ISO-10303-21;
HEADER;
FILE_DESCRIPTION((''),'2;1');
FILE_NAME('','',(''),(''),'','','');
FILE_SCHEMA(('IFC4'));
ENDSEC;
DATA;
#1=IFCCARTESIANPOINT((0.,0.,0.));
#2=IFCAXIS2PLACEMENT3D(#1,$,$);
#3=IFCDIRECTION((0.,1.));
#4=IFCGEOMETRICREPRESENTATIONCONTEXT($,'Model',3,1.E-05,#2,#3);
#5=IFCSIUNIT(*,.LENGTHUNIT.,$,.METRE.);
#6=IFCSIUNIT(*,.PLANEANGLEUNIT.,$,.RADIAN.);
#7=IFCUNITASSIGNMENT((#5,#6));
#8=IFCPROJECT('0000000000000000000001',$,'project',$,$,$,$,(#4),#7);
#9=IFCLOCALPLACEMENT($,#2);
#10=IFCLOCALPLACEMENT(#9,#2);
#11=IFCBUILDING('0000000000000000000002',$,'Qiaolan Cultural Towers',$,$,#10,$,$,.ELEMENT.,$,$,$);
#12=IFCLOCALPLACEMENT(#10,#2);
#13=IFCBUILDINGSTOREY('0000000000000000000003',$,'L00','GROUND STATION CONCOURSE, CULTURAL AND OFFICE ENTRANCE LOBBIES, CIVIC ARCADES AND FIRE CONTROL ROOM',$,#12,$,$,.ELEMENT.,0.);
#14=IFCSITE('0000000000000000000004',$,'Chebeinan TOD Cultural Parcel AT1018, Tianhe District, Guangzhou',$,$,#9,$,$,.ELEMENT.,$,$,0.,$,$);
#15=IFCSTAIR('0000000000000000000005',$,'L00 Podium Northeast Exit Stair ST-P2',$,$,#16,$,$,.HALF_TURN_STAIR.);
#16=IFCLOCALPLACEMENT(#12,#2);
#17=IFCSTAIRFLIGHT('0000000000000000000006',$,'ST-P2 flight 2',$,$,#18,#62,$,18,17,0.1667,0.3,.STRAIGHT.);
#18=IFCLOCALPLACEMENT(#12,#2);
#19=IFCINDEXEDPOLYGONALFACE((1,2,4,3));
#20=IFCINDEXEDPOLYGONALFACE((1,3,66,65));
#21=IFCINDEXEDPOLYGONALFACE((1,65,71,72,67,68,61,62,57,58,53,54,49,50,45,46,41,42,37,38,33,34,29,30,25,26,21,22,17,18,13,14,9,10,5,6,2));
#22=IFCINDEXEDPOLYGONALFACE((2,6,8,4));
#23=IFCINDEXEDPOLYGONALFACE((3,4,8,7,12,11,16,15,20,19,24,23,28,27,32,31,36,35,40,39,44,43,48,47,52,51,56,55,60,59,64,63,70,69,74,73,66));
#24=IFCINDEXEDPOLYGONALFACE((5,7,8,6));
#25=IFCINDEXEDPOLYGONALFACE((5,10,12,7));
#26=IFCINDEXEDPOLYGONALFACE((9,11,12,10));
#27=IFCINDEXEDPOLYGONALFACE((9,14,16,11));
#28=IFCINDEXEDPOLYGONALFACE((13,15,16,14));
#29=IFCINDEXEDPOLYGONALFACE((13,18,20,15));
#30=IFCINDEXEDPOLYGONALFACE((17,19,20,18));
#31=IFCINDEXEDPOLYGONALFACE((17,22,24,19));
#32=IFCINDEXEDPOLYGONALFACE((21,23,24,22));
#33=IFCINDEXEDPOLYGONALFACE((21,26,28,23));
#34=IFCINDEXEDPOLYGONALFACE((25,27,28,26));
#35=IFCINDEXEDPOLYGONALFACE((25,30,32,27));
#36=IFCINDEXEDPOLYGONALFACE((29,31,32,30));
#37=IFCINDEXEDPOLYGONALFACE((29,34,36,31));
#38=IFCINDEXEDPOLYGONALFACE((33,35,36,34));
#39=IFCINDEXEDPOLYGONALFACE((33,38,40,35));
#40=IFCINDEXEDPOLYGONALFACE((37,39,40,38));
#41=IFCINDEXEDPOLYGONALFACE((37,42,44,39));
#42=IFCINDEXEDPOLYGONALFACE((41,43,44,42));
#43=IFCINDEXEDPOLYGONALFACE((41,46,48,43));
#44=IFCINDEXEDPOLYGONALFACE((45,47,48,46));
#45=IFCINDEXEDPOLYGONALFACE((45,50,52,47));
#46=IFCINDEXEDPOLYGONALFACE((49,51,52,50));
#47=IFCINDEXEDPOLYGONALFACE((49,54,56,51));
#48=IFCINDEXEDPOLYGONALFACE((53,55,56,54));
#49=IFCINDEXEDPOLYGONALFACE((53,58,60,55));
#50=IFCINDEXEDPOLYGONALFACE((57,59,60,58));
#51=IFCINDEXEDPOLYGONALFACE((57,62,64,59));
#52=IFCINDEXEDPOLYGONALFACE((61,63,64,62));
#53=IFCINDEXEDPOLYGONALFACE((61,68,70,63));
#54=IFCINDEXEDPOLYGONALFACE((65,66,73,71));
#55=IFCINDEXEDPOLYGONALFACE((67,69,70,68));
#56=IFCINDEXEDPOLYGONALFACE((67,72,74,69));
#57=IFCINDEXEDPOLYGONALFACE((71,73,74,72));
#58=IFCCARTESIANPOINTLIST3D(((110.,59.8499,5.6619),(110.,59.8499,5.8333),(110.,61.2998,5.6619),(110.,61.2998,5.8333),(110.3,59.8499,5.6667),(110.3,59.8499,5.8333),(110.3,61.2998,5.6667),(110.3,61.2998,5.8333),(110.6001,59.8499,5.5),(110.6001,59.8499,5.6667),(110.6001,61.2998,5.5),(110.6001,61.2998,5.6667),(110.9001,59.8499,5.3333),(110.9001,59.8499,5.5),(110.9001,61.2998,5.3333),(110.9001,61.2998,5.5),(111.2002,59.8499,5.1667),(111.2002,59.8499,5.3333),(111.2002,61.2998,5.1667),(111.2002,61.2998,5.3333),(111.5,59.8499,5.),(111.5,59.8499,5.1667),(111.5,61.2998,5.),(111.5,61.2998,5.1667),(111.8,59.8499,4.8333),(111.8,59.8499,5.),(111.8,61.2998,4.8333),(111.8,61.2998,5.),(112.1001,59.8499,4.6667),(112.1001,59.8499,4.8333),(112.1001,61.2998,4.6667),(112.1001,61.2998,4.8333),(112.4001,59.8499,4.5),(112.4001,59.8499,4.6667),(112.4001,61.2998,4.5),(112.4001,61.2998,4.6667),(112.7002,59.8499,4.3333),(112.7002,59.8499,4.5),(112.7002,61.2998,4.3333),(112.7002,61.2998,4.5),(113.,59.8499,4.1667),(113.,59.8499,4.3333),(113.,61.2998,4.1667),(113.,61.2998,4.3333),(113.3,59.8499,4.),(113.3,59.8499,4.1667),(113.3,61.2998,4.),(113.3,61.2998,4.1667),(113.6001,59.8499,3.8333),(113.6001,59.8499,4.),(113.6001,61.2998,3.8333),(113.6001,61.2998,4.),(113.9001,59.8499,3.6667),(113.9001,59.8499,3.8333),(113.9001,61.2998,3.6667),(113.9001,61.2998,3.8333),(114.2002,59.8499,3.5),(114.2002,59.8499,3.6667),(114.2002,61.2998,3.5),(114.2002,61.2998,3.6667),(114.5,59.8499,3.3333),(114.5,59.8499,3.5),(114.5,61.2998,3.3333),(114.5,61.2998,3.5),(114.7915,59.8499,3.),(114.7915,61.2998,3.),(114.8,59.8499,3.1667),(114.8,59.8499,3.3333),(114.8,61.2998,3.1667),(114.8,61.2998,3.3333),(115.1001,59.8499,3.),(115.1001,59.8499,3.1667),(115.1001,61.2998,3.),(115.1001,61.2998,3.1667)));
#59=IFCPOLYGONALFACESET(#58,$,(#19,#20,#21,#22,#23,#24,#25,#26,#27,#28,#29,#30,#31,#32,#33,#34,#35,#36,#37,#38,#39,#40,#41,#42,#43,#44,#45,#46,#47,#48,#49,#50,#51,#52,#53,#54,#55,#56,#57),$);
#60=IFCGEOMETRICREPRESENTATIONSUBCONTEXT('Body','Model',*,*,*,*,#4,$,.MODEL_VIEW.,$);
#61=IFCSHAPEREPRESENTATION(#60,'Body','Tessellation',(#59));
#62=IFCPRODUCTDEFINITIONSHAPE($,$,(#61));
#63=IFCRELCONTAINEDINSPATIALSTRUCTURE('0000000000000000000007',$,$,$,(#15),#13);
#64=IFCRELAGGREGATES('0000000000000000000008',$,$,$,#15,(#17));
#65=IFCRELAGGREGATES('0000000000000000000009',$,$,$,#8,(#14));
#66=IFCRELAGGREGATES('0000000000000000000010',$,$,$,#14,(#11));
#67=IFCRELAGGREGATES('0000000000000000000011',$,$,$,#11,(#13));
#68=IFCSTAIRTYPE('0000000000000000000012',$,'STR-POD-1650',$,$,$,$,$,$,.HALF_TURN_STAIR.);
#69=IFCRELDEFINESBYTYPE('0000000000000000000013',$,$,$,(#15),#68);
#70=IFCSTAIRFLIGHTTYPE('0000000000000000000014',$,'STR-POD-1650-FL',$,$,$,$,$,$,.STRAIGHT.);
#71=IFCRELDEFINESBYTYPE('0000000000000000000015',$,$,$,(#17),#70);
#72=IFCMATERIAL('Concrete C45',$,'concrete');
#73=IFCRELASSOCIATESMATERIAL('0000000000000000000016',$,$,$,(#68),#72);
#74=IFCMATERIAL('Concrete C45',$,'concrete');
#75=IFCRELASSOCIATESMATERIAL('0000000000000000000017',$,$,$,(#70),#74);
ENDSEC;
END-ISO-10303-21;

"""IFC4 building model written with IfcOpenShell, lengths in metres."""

from ifc_helpers import new_model, si_unit, direction, frame, origin, place, context, subcontext, project, spatial, polyline, outline, extrude, material, type_object, element, aggregate, save


model = new_model("IFC4")

# Units and contexts
model_context = context("Model", 3, precision=1e-05, world=origin(), true_north=direction((0.0, 1.0)))
body_context = subcontext(model_context, "Body", "Model", "MODEL_VIEW")
ifc_project = project(units=[si_unit("LENGTHUNIT", "METRE"), si_unit("PLANEANGLEUNIT", "RADIAN")], contexts=[model_context])

# Site, building, storey
site_placement = place(None, origin())
site = spatial("IfcSite", under=ifc_project, at=site_placement, Name="Chebeinan TOD Cultural Parcel AT1018, Tianhe District, Guangzhou", CompositionType="ELEMENT", RefElevation=0.0)
building_placement = place(site_placement, origin())
building = spatial("IfcBuilding", under=site, at=building_placement, Name="Qiaolan Cultural Towers", CompositionType="ELEMENT")
storey_placement = place(building_placement, origin())
storey = spatial("IfcBuildingStorey", under=building, at=storey_placement, Name="L00", Description="GROUND STATION CONCOURSE, CULTURAL AND OFFICE ENTRANCE LOBBIES, CIVIC ARCADES AND FIRE CONTROL ROOM", CompositionType="ELEMENT", Elevation=0.0)

# Stair, stair flight
ifc_material_1 = material(Name="Concrete C45", Category="concrete")
stair_type = type_object("IfcStairType", Name="STR-POD-1650", PredefinedType="HALF_TURN_STAIR", material=ifc_material_1)
stair_placement = place(storey_placement, origin())
stair = element("IfcStair", 1, at=stair_placement, inside=storey, type_object=stair_type, Name="L00 Podium Northeast Exit Stair ST-P2", PredefinedType="HALF_TURN_STAIR")
ifc_material_2 = material(Name="Concrete C45", Category="concrete")
stair_flight_type = type_object("IfcStairFlightType", Name="STR-POD-1650-FL", PredefinedType="STRAIGHT", material=ifc_material_2)
stair_flight_1_placement = place(storey_placement, frame((115.1001, 60.575, 3.0), z_axis=(0.0, 0.0, 1.0), x_axis=(-1.0, 0.0, 0.0)))
stair_flight_1 = element("IfcStairFlight", 2, at=stair_flight_1_placement, type_object=stair_flight_type, Name="ST-P2 flight 2", NumberOfRisers=18, NumberOfTreads=17, PredefinedType="STRAIGHT", RiserHeight=0.1667, TreadLength=0.3, context=body_context, shape_type="SweptSolid", body=[
    extrude(outline(polyline([(0.0, 0.0), (0.0, 0.1667), (0.3, 0.1667), (0.3, 0.3333), (0.6001, 0.3333), (0.6001, 0.5), (0.8999, 0.5), (0.8999, 0.6667), (1.2, 0.6667), (1.2, 0.8333), (1.5, 0.8333), (1.5, 1.0), (1.8, 1.0), (1.8, 1.1667), (2.1001, 1.1667), (2.1001, 1.3333), (2.3999, 1.3333), (2.3999, 1.5), (2.7, 1.5), (2.7, 1.6667), (3.0, 1.6667), (3.0, 1.8333), (3.3, 1.8333), (3.3, 2.0), (3.6001, 2.0), (3.6001, 2.1667), (3.8999, 2.1667), (3.8999, 2.3333), (4.2, 2.3333), (4.2, 2.5), (4.5, 2.5), (4.5, 2.6667), (4.8, 2.6667), (4.8, 2.8333), (5.1001, 2.8333), (5.1001, 3.0), (5.1001, 2.6619), (0.3086, 0.0), (0.0, 0.0)])), frame((0.0, 0.7251, 0.0), z_axis=(0.0, -1.0, 0.0), x_axis=(1.0, 0.0, 0.0)), (0.0, 0.0, 1.0), 1.45),
])
aggregate(stair, [stair_flight_1])

save(model, "model.ifc")
